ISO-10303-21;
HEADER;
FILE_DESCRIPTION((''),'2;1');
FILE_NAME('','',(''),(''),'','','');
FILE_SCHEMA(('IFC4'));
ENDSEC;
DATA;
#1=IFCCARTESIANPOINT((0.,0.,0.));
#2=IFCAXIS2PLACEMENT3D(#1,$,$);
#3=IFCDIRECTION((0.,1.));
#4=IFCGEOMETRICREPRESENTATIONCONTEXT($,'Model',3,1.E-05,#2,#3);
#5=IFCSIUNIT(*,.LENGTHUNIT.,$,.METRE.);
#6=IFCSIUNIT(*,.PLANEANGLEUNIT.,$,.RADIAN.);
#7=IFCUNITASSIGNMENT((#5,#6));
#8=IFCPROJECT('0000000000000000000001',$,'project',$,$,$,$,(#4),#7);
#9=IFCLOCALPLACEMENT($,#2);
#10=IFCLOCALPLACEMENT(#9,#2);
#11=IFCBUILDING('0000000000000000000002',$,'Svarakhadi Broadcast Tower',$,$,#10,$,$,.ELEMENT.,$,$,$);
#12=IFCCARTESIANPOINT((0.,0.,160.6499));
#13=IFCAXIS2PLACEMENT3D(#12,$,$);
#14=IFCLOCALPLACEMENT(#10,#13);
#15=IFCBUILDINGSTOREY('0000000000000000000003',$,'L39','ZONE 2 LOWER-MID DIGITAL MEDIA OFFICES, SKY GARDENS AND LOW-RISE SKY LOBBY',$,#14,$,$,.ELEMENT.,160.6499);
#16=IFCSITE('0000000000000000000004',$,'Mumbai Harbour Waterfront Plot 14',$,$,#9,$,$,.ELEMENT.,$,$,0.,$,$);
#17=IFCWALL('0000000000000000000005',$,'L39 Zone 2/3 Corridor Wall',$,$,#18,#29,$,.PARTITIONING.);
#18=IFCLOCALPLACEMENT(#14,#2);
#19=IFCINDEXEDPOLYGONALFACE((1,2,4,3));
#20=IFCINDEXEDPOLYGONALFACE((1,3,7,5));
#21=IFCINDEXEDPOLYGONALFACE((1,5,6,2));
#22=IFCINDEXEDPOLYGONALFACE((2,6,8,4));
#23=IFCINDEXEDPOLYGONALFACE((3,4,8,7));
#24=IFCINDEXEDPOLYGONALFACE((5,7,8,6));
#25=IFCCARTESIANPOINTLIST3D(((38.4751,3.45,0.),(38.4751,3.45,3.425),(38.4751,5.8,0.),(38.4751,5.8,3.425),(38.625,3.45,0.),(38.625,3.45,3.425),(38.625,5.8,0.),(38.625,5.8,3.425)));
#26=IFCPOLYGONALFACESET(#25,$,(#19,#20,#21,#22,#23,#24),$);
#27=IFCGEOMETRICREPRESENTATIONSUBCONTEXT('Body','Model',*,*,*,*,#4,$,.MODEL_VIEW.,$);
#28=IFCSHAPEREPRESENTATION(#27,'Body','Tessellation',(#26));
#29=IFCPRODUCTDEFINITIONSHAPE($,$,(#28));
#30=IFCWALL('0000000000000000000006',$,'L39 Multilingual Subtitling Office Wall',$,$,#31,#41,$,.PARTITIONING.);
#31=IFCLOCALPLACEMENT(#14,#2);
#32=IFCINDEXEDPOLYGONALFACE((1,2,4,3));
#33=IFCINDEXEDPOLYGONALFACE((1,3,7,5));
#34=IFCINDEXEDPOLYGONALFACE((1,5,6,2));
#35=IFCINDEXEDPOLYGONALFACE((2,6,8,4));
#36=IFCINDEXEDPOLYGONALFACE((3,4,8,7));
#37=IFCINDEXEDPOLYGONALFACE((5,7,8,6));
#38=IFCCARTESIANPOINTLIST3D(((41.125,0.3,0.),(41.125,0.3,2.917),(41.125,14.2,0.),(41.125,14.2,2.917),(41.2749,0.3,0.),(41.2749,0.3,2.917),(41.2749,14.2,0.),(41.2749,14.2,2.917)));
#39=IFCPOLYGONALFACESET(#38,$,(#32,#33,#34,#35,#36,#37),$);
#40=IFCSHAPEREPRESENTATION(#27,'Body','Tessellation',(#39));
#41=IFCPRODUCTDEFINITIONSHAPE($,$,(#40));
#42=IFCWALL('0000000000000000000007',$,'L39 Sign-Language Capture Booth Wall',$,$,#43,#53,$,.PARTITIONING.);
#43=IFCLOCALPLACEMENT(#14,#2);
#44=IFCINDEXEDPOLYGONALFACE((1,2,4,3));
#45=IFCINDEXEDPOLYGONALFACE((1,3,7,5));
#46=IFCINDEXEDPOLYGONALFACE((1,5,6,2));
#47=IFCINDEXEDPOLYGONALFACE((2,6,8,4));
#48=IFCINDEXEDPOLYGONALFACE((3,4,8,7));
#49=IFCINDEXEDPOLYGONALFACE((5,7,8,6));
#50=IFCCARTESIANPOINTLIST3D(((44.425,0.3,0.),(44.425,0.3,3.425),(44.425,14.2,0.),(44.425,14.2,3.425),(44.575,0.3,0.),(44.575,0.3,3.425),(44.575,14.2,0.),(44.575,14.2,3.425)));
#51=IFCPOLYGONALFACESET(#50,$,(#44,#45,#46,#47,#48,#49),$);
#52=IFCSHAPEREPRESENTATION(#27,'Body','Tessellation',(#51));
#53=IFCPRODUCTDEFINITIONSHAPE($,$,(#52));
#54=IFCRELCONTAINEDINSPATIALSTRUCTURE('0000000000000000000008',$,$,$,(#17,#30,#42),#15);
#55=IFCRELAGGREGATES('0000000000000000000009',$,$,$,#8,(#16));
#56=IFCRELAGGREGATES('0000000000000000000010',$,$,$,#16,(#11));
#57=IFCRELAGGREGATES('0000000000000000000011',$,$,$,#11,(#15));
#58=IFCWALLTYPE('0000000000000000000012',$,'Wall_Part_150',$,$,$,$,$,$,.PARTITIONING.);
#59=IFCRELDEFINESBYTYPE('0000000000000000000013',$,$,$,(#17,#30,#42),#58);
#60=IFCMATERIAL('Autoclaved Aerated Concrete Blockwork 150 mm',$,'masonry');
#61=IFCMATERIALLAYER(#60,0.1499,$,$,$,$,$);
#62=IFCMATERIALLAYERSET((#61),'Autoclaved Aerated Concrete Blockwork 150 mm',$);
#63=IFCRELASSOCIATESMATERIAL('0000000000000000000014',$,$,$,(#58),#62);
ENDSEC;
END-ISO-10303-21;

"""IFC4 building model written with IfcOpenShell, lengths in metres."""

from ifc_helpers import new_model, si_unit, direction, frame, frame_2d, origin, place, context, subcontext, project, spatial, rectangle, extrude, material, layer, layer_set, type_object, element, save


model = new_model("IFC4")

# Units and contexts
model_context = context("Model", 3, precision=1e-05, world=origin(), true_north=direction((0.0, 1.0)))
body_context = subcontext(model_context, "Body", "Model", "MODEL_VIEW")
ifc_project = project(units=[si_unit("LENGTHUNIT", "METRE"), si_unit("PLANEANGLEUNIT", "RADIAN")], contexts=[model_context])

# Site, building, storey
site_placement = place(None, origin())
site = spatial("IfcSite", under=ifc_project, at=site_placement, Name="Mumbai Harbour Waterfront Plot 14", CompositionType="ELEMENT", RefElevation=0.0)
building_placement = place(site_placement, origin())
building = spatial("IfcBuilding", under=site, at=building_placement, Name="Svarakhadi Broadcast Tower", CompositionType="ELEMENT")
storey_placement = place(building_placement, frame((0.0, 0.0, 160.6499)))
storey = spatial("IfcBuildingStorey", under=building, at=storey_placement, Name="L39", Description="ZONE 2 LOWER-MID DIGITAL MEDIA OFFICES, SKY GARDENS AND LOW-RISE SKY LOBBY", CompositionType="ELEMENT", Elevation=160.6499)

# Walls
ifc_material_1 = material(Name="Autoclaved Aerated Concrete Blockwork 150 mm", Category="masonry")
ifc_layer_1 = layer(ifc_material_1, 0.1499)
ifc_layer_set_1 = layer_set([ifc_layer_1], Name="Autoclaved Aerated Concrete Blockwork 150 mm")
wall_type = type_object("IfcWallType", Name="Wall_Part_150", PredefinedType="PARTITIONING", material=ifc_layer_set_1)
wall_1_placement = place(storey_placement, frame((38.55, 5.8, 0.0), z_axis=(0.0, 0.0, 1.0), x_axis=(0.0, -1.0, 0.0)))
element("IfcWall", 1, at=wall_1_placement, inside=storey, type_object=wall_type, Name="L39 Zone 2/3 Corridor Wall", PredefinedType="PARTITIONING", context=body_context, shape_type="SweptSolid", body=[
    extrude(rectangle(XDim=2.3501, YDim=0.1499, at=frame_2d((1.175, 0.0))), origin(), (0.0, 0.0, 1.0), 3.425),
])
wall_2_placement = place(storey_placement, frame((41.2, 0.3, 0.0), z_axis=(0.0, 0.0, 1.0), x_axis=(0.0, 1.0, 0.0)))
element("IfcWall", 2, at=wall_2_placement, inside=storey, type_object=wall_type, Name="L39 Multilingual Subtitling Office Wall", PredefinedType="PARTITIONING", context=body_context, shape_type="SweptSolid", body=[
    extrude(rectangle(XDim=13.8999, YDim=0.1499, at=frame_2d((6.95, 0.0))), origin(), (0.0, 0.0, 1.0), 2.917),
])
wall_3_placement = place(storey_placement, frame((44.5, 0.3, 0.0), z_axis=(0.0, 0.0, 1.0), x_axis=(0.0, 1.0, 0.0)))
element("IfcWall", 3, at=wall_3_placement, inside=storey, type_object=wall_type, Name="L39 Sign-Language Capture Booth Wall", PredefinedType="PARTITIONING", context=body_context, shape_type="SweptSolid", body=[
    extrude(rectangle(XDim=13.8999, YDim=0.1499, at=frame_2d((6.95, 0.0))), origin(), (0.0, 0.0, 1.0), 3.425),
])

save(model, "model.ifc")
